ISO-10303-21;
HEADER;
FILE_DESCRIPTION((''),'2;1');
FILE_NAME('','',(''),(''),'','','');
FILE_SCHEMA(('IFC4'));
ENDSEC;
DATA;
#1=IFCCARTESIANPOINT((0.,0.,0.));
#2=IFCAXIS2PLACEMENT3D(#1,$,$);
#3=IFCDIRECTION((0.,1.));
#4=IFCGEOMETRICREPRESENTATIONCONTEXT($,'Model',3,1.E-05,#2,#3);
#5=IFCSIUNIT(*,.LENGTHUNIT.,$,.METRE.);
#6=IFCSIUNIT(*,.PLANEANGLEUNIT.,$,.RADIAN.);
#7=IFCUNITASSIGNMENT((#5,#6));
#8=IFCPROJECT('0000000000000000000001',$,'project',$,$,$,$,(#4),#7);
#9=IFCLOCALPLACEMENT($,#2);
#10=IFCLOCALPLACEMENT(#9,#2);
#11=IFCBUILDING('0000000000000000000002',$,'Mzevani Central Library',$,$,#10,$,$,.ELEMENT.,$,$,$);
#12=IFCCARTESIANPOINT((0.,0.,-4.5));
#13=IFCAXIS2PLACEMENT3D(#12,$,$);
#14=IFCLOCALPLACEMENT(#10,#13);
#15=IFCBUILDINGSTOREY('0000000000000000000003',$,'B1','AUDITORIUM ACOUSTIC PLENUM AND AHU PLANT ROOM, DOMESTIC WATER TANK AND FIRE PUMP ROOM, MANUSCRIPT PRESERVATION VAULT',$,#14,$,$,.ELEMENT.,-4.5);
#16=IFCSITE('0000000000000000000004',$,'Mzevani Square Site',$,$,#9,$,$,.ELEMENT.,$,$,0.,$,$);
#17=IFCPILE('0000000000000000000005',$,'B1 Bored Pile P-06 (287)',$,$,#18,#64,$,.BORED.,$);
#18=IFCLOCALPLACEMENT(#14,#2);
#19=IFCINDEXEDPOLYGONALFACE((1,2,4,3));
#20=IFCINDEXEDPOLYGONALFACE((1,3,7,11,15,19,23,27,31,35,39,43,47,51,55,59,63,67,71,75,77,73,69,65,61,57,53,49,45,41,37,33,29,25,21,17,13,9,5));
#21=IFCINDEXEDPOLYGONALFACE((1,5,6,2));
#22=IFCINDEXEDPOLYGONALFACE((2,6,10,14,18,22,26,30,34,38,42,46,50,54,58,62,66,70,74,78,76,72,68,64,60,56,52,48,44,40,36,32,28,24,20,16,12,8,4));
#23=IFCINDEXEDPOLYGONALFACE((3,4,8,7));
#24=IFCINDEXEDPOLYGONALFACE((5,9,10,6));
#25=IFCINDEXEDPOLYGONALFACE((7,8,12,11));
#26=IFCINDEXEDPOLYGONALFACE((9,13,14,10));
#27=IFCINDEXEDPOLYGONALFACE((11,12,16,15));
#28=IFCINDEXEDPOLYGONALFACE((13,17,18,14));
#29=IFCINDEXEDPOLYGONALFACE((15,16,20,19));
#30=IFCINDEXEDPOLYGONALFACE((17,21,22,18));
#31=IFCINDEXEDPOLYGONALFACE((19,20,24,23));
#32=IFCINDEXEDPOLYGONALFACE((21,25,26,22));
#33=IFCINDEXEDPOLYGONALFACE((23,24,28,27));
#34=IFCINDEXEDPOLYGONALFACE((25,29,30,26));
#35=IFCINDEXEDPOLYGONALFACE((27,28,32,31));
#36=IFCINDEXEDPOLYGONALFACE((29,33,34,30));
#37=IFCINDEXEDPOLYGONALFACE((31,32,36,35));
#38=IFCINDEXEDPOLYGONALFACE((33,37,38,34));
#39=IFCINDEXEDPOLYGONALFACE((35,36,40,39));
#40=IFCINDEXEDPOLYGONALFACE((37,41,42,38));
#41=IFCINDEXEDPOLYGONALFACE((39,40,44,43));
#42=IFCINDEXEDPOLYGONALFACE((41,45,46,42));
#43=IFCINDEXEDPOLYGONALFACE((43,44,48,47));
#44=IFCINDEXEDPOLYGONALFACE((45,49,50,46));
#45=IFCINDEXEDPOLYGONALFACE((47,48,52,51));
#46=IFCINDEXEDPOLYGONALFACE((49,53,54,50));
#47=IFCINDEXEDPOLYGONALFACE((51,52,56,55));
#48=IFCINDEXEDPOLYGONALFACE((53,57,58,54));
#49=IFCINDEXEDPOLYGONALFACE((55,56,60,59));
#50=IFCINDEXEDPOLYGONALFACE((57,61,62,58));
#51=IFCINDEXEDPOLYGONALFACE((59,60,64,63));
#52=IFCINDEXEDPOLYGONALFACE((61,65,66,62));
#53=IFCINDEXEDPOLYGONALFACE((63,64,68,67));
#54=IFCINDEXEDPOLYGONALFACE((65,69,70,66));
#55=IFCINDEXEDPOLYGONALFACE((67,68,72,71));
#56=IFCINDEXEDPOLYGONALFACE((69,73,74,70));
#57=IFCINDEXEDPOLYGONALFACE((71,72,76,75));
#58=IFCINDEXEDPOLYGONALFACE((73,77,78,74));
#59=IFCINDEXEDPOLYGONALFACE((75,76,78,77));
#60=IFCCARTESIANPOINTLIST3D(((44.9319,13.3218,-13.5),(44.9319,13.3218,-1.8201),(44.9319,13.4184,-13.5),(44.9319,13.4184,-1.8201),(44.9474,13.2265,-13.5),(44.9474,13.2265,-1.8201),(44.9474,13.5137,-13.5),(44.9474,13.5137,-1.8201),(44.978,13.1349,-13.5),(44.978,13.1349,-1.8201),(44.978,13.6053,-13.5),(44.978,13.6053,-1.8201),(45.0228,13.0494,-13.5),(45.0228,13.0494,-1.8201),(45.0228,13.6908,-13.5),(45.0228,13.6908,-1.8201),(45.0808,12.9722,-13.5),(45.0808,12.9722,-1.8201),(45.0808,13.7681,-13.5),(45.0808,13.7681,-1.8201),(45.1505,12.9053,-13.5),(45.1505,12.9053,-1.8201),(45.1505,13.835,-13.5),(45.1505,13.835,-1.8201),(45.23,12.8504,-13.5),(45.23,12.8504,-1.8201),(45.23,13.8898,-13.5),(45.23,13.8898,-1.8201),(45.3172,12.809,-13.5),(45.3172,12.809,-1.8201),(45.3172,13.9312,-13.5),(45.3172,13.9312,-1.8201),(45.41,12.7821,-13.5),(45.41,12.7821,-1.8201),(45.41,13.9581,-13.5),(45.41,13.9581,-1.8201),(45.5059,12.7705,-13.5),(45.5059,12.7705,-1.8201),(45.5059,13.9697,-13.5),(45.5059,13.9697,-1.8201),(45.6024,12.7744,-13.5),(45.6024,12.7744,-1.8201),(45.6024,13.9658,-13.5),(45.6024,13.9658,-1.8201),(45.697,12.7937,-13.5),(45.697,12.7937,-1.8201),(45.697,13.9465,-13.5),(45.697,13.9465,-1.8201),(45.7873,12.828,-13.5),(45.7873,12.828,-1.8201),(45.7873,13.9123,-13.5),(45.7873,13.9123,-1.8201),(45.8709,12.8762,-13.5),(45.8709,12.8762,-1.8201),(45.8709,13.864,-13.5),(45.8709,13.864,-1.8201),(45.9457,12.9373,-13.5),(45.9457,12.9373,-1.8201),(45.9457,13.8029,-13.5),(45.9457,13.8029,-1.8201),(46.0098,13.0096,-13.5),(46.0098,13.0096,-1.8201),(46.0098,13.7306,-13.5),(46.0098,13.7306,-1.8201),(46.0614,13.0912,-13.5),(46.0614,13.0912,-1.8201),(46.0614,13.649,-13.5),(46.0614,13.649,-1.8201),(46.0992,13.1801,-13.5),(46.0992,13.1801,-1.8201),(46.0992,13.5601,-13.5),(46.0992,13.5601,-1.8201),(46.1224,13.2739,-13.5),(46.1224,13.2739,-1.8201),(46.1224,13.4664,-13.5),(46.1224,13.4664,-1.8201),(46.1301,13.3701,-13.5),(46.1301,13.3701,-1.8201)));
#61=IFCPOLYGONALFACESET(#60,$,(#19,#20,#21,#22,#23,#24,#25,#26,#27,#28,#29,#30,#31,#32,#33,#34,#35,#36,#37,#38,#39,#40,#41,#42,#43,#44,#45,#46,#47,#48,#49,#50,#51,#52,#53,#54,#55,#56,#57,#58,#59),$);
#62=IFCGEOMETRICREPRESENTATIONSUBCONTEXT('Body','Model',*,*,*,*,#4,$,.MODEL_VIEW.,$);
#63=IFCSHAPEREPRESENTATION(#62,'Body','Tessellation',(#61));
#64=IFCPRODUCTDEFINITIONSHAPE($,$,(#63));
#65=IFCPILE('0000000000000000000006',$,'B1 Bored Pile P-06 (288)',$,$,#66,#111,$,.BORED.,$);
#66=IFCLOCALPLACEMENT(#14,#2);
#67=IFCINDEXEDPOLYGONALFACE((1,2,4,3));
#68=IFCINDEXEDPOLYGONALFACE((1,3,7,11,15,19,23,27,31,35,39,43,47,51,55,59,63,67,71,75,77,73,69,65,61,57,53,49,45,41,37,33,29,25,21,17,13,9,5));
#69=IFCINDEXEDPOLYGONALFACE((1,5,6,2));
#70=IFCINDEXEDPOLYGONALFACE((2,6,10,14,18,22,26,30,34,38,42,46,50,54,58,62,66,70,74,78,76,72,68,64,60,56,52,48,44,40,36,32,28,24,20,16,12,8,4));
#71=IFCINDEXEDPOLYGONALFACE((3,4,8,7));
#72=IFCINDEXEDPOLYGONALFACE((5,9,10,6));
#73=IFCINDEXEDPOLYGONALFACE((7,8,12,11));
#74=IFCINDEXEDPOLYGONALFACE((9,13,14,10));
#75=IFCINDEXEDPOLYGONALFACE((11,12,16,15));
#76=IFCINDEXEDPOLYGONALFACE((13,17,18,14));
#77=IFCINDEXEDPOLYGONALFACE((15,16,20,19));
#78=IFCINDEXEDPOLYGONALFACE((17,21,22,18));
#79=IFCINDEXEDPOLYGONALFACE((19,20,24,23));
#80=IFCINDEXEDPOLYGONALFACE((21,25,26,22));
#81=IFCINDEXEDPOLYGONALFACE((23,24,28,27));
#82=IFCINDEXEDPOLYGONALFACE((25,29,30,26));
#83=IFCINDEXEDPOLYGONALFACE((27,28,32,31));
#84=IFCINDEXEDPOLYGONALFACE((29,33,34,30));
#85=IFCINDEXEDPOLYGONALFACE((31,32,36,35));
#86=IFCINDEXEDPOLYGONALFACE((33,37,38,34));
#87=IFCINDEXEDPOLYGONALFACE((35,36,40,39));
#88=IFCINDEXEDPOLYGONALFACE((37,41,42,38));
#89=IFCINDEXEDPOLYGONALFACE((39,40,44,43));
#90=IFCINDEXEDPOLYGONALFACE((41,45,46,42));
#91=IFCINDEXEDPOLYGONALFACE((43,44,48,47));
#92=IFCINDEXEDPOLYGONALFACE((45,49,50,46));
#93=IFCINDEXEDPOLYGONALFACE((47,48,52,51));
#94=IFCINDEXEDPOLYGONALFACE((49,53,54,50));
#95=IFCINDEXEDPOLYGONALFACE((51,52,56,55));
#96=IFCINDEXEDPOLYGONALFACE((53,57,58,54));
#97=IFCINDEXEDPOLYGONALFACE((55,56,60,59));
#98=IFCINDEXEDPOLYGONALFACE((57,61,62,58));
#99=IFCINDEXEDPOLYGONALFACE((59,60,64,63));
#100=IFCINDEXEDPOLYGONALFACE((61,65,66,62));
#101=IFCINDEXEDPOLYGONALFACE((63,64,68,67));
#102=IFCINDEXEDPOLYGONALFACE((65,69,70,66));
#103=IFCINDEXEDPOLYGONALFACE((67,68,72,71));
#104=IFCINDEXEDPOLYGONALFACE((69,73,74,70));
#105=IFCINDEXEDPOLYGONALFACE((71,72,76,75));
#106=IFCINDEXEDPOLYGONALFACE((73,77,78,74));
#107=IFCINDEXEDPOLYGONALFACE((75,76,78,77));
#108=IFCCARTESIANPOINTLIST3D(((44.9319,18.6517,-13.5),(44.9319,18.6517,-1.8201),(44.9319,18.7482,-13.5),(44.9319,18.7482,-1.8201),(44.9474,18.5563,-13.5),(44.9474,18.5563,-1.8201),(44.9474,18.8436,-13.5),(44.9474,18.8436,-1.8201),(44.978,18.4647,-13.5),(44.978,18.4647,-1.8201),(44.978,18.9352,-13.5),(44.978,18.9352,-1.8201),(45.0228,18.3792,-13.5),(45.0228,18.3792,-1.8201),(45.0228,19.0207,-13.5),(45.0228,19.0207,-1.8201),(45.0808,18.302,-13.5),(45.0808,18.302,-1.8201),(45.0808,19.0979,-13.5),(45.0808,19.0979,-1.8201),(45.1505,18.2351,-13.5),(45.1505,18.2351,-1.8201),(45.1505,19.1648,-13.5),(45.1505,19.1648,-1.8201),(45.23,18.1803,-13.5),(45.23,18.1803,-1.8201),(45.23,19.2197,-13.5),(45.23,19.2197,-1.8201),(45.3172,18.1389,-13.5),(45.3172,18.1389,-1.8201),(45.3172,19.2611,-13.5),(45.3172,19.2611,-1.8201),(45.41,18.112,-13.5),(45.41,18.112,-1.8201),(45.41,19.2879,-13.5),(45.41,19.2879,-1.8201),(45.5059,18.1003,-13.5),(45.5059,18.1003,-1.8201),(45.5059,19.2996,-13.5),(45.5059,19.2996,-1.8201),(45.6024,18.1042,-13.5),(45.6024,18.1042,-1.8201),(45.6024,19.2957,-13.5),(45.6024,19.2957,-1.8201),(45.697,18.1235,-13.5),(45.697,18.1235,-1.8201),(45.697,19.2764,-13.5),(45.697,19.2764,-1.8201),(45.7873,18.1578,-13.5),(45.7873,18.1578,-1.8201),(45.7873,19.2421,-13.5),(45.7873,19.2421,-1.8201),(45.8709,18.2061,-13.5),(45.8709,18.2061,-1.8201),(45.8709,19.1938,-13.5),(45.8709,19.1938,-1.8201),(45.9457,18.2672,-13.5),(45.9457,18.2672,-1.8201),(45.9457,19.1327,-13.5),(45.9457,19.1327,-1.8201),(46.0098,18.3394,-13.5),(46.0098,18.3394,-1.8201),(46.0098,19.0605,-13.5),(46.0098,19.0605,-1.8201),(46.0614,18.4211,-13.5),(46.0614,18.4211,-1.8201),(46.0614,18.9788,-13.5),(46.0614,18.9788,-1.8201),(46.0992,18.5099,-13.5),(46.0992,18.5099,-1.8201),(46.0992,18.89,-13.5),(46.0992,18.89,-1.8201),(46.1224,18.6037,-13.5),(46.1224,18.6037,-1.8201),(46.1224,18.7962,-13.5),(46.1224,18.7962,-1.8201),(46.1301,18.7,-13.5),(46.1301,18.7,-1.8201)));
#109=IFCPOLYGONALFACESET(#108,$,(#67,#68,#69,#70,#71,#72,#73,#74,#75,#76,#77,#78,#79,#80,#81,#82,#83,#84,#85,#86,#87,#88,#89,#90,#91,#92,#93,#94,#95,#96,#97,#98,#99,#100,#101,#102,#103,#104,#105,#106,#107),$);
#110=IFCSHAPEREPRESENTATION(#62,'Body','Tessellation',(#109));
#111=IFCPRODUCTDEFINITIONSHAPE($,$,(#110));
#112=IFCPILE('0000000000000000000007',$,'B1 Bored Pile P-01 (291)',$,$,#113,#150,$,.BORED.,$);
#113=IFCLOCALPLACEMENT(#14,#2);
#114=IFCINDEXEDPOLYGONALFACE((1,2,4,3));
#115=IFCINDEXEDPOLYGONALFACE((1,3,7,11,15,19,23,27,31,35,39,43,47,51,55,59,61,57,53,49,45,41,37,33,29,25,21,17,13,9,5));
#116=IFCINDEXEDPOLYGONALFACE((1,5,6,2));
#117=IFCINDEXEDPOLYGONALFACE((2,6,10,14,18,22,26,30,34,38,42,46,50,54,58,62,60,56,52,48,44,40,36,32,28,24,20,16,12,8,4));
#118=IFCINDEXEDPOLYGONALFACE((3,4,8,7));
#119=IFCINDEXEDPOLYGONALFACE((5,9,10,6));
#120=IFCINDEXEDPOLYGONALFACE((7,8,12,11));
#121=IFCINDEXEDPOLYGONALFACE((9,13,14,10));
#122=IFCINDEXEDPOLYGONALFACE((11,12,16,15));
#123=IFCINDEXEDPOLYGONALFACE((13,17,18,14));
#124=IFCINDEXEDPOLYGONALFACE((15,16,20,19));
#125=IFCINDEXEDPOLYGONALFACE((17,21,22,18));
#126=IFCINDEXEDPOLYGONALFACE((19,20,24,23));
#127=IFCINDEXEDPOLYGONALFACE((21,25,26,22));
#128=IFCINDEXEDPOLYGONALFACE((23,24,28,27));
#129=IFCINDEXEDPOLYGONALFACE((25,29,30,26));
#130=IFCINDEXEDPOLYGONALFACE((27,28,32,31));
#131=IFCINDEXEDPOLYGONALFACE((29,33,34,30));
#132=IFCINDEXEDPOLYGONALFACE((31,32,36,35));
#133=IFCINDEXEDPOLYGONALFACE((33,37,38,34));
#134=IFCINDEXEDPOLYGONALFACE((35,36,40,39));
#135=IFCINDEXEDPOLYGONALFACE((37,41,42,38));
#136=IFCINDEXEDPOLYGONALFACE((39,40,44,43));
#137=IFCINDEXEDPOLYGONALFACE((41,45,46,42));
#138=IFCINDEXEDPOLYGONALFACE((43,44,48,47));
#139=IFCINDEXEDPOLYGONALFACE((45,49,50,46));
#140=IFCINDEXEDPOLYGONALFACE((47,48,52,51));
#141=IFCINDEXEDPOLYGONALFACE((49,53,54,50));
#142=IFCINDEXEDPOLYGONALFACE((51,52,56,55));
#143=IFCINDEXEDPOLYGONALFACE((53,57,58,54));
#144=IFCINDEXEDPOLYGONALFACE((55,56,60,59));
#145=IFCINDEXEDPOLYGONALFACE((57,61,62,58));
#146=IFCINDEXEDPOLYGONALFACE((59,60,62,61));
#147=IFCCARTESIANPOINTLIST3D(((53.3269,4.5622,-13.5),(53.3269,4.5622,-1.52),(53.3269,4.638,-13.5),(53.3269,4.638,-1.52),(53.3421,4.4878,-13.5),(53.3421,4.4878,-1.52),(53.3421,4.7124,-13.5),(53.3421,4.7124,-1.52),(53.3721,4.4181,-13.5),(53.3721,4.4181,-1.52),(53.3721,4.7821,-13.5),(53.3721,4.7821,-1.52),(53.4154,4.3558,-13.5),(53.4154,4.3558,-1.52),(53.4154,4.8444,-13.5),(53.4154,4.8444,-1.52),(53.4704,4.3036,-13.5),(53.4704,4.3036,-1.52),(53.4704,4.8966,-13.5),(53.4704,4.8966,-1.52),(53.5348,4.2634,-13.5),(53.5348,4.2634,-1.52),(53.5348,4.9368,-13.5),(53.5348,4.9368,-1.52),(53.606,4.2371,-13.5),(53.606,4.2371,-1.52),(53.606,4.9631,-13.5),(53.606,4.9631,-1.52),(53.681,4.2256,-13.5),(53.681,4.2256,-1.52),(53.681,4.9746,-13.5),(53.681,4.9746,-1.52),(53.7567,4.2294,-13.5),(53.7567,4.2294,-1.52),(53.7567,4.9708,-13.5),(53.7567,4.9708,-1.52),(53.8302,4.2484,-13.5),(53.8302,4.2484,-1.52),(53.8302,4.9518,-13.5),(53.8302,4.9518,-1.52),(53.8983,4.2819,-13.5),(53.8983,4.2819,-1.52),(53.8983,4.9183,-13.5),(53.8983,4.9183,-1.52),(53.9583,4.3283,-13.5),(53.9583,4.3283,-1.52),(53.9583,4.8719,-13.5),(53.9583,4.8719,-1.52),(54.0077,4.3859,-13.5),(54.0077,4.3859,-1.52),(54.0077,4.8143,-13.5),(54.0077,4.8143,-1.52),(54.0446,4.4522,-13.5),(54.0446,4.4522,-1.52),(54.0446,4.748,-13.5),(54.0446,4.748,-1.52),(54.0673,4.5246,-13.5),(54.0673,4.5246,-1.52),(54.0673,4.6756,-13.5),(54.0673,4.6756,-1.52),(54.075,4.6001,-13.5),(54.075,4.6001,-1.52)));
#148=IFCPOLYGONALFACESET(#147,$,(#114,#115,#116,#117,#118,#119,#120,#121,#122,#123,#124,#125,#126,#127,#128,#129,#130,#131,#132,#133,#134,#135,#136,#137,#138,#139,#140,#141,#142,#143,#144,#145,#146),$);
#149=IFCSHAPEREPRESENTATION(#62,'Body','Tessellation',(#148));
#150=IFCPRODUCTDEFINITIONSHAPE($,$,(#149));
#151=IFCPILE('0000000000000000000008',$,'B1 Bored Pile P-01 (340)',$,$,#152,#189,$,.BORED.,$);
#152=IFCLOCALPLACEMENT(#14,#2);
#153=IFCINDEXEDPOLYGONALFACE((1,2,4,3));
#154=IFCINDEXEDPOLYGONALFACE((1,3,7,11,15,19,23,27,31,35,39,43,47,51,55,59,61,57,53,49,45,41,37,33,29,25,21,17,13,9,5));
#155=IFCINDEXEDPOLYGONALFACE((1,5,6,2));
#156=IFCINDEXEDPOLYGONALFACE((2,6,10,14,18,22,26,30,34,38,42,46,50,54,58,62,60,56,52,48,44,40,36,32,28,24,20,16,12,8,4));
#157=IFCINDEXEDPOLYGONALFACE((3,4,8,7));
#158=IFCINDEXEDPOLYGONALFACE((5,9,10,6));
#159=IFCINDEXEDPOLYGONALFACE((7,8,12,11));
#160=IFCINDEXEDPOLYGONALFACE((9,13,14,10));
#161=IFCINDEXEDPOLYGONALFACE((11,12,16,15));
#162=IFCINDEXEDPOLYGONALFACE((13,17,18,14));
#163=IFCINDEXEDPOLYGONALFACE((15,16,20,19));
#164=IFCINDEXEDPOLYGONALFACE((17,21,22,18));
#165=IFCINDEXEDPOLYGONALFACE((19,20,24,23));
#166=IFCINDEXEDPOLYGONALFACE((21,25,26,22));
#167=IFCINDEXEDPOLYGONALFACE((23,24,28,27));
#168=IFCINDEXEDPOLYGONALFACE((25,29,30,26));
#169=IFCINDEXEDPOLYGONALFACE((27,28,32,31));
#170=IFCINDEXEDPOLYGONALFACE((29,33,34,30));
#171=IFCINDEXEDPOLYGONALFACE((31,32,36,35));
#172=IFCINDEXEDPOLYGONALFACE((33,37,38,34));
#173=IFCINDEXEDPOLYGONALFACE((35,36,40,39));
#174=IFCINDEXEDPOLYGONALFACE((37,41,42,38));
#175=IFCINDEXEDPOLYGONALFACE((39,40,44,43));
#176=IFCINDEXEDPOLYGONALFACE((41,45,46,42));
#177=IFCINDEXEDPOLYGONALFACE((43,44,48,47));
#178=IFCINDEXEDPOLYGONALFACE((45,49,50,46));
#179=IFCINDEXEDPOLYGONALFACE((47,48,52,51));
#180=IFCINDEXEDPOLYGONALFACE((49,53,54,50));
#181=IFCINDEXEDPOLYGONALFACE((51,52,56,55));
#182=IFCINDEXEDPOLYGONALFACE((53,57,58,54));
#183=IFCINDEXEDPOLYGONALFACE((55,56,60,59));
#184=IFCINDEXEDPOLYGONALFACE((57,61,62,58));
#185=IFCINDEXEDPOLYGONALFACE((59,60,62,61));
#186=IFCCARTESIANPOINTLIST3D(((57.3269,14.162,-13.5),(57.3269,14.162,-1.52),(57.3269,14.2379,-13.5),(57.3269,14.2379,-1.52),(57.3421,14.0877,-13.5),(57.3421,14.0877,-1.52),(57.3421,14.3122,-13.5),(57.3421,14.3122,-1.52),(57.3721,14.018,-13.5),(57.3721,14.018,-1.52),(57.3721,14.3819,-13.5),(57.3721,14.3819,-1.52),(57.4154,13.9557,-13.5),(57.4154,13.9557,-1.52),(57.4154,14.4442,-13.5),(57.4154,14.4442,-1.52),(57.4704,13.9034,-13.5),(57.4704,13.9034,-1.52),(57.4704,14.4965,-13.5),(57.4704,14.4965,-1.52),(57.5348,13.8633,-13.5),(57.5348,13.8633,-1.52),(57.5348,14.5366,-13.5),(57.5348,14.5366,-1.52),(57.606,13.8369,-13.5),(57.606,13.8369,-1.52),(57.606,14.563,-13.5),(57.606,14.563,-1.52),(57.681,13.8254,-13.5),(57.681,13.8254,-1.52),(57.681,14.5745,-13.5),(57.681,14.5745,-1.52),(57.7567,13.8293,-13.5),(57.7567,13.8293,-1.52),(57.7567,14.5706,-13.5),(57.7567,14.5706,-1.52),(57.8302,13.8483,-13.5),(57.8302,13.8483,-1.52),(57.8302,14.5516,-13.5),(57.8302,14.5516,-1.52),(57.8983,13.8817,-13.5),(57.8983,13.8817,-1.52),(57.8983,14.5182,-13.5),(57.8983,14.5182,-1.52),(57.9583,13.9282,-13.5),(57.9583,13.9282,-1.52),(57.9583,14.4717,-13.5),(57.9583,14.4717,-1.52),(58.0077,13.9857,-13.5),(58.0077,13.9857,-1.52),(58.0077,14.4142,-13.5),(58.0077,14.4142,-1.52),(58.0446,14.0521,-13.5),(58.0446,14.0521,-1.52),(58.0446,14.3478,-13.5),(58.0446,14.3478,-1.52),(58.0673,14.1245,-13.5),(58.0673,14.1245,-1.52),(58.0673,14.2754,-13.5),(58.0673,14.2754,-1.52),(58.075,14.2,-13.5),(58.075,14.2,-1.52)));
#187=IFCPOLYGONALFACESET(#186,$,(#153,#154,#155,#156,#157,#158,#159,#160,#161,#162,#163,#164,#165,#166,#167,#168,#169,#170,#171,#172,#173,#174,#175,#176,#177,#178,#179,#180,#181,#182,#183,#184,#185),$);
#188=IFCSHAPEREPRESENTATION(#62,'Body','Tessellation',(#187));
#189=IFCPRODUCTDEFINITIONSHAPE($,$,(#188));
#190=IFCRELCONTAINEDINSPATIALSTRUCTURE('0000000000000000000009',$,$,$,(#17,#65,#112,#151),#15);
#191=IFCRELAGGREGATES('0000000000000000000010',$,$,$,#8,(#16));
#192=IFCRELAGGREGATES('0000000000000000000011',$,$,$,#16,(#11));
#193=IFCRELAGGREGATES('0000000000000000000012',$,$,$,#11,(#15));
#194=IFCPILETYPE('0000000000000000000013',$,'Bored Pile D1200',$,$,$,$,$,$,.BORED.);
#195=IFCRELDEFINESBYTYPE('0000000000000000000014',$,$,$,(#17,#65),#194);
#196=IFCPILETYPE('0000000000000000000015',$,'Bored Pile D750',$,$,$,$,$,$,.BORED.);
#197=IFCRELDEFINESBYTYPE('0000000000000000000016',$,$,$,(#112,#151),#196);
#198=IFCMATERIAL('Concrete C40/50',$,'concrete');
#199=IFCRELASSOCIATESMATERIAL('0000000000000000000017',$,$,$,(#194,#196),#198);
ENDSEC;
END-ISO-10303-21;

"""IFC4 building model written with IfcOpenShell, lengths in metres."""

from ifc_helpers import new_model, si_unit, direction, frame, origin, origin_2d, place, context, subcontext, project, spatial, circle, extrude, material, material_profile, profile_set, type_object, element, save


model = new_model("IFC4")

# Units and contexts
model_context = context("Model", 3, precision=1e-05, world=origin(), true_north=direction((0.0, 1.0)))
body_context = subcontext(model_context, "Body", "Model", "MODEL_VIEW")
ifc_project = project(units=[si_unit("LENGTHUNIT", "METRE"), si_unit("PLANEANGLEUNIT", "RADIAN")], contexts=[model_context])

# Site, building, storey
site_placement = place(None, origin())
site = spatial("IfcSite", under=ifc_project, at=site_placement, Name="Mzevani Square Site", CompositionType="ELEMENT", RefElevation=0.0)
building_placement = place(site_placement, origin())
building = spatial("IfcBuilding", under=site, at=building_placement, Name="Mzevani Central Library", CompositionType="ELEMENT")
storey_placement = place(building_placement, frame((0.0, 0.0, -4.5)))
storey = spatial("IfcBuildingStorey", under=building, at=storey_placement, Name="B1", Description="AUDITORIUM ACOUSTIC PLENUM AND AHU PLANT ROOM, DOMESTIC WATER TANK AND FIRE PUMP ROOM, MANUSCRIPT PRESERVATION VAULT", CompositionType="ELEMENT", Elevation=-4.5)

# Piles
ifc_material_1 = material(Name="Concrete C40/50", Category="concrete")
ifc_material_profile_1 = material_profile(ifc_material_1, circle(Radius=0.6001, at=origin_2d()), Name="PILE D1200")
ifc_profile_set_1 = profile_set([ifc_material_profile_1], Name="Concrete C40/50")
pile_type_1 = type_object("IfcPileType", Name="Bored Pile D1200", PredefinedType="BORED", material=ifc_profile_set_1)
for number, where, z_axis, x_axis, name in (
    (1, (45.53, 13.3701, -1.8201), (0.0, 0.0, -1.0), (1.0, 0.0, 0.0), "B1 Bored Pile P-06 (287)"),
    (2, (45.53, 18.7, -1.8201), (0.0, 0.0, -1.0), (1.0, 0.0, 0.0), "B1 Bored Pile P-06 (288)"),
):
    element("IfcPile", number, at=place(storey_placement, frame(where, z_axis=z_axis, x_axis=x_axis)), inside=storey, type_object=pile_type_1, Name=name, PredefinedType="BORED", context=body_context, shape_type="SweptSolid", body=[
        extrude(circle(Radius=0.6001, at=origin_2d()), origin(), (0.0, 0.0, 1.0), 11.6799),
    ])
ifc_material_profile_2 = material_profile(ifc_material_1, circle(Radius=0.375, at=origin_2d()), Name="PILE D750")
ifc_profile_set_2 = profile_set([ifc_material_profile_2], Name="Concrete C40/50")
pile_type_2 = type_object("IfcPileType", Name="Bored Pile D750", PredefinedType="BORED", material=ifc_profile_set_2)
for number, where, z_axis, x_axis, name in (
    (3, (53.7, 4.6001, -1.52), (0.0, 0.0, -1.0), (1.0, 0.0, 0.0), "B1 Bored Pile P-01 (291)"),
    (4, (57.7, 14.2, -1.52), (0.0, 0.0, -1.0), (1.0, 0.0, 0.0), "B1 Bored Pile P-01 (340)"),
):
    element("IfcPile", number, at=place(storey_placement, frame(where, z_axis=z_axis, x_axis=x_axis)), inside=storey, type_object=pile_type_2, Name=name, PredefinedType="BORED", context=body_context, shape_type="SweptSolid", body=[
        extrude(circle(Radius=0.375, at=origin_2d()), origin(), (0.0, 0.0, 1.0), 11.98),
    ])

save(model, "model.ifc")
